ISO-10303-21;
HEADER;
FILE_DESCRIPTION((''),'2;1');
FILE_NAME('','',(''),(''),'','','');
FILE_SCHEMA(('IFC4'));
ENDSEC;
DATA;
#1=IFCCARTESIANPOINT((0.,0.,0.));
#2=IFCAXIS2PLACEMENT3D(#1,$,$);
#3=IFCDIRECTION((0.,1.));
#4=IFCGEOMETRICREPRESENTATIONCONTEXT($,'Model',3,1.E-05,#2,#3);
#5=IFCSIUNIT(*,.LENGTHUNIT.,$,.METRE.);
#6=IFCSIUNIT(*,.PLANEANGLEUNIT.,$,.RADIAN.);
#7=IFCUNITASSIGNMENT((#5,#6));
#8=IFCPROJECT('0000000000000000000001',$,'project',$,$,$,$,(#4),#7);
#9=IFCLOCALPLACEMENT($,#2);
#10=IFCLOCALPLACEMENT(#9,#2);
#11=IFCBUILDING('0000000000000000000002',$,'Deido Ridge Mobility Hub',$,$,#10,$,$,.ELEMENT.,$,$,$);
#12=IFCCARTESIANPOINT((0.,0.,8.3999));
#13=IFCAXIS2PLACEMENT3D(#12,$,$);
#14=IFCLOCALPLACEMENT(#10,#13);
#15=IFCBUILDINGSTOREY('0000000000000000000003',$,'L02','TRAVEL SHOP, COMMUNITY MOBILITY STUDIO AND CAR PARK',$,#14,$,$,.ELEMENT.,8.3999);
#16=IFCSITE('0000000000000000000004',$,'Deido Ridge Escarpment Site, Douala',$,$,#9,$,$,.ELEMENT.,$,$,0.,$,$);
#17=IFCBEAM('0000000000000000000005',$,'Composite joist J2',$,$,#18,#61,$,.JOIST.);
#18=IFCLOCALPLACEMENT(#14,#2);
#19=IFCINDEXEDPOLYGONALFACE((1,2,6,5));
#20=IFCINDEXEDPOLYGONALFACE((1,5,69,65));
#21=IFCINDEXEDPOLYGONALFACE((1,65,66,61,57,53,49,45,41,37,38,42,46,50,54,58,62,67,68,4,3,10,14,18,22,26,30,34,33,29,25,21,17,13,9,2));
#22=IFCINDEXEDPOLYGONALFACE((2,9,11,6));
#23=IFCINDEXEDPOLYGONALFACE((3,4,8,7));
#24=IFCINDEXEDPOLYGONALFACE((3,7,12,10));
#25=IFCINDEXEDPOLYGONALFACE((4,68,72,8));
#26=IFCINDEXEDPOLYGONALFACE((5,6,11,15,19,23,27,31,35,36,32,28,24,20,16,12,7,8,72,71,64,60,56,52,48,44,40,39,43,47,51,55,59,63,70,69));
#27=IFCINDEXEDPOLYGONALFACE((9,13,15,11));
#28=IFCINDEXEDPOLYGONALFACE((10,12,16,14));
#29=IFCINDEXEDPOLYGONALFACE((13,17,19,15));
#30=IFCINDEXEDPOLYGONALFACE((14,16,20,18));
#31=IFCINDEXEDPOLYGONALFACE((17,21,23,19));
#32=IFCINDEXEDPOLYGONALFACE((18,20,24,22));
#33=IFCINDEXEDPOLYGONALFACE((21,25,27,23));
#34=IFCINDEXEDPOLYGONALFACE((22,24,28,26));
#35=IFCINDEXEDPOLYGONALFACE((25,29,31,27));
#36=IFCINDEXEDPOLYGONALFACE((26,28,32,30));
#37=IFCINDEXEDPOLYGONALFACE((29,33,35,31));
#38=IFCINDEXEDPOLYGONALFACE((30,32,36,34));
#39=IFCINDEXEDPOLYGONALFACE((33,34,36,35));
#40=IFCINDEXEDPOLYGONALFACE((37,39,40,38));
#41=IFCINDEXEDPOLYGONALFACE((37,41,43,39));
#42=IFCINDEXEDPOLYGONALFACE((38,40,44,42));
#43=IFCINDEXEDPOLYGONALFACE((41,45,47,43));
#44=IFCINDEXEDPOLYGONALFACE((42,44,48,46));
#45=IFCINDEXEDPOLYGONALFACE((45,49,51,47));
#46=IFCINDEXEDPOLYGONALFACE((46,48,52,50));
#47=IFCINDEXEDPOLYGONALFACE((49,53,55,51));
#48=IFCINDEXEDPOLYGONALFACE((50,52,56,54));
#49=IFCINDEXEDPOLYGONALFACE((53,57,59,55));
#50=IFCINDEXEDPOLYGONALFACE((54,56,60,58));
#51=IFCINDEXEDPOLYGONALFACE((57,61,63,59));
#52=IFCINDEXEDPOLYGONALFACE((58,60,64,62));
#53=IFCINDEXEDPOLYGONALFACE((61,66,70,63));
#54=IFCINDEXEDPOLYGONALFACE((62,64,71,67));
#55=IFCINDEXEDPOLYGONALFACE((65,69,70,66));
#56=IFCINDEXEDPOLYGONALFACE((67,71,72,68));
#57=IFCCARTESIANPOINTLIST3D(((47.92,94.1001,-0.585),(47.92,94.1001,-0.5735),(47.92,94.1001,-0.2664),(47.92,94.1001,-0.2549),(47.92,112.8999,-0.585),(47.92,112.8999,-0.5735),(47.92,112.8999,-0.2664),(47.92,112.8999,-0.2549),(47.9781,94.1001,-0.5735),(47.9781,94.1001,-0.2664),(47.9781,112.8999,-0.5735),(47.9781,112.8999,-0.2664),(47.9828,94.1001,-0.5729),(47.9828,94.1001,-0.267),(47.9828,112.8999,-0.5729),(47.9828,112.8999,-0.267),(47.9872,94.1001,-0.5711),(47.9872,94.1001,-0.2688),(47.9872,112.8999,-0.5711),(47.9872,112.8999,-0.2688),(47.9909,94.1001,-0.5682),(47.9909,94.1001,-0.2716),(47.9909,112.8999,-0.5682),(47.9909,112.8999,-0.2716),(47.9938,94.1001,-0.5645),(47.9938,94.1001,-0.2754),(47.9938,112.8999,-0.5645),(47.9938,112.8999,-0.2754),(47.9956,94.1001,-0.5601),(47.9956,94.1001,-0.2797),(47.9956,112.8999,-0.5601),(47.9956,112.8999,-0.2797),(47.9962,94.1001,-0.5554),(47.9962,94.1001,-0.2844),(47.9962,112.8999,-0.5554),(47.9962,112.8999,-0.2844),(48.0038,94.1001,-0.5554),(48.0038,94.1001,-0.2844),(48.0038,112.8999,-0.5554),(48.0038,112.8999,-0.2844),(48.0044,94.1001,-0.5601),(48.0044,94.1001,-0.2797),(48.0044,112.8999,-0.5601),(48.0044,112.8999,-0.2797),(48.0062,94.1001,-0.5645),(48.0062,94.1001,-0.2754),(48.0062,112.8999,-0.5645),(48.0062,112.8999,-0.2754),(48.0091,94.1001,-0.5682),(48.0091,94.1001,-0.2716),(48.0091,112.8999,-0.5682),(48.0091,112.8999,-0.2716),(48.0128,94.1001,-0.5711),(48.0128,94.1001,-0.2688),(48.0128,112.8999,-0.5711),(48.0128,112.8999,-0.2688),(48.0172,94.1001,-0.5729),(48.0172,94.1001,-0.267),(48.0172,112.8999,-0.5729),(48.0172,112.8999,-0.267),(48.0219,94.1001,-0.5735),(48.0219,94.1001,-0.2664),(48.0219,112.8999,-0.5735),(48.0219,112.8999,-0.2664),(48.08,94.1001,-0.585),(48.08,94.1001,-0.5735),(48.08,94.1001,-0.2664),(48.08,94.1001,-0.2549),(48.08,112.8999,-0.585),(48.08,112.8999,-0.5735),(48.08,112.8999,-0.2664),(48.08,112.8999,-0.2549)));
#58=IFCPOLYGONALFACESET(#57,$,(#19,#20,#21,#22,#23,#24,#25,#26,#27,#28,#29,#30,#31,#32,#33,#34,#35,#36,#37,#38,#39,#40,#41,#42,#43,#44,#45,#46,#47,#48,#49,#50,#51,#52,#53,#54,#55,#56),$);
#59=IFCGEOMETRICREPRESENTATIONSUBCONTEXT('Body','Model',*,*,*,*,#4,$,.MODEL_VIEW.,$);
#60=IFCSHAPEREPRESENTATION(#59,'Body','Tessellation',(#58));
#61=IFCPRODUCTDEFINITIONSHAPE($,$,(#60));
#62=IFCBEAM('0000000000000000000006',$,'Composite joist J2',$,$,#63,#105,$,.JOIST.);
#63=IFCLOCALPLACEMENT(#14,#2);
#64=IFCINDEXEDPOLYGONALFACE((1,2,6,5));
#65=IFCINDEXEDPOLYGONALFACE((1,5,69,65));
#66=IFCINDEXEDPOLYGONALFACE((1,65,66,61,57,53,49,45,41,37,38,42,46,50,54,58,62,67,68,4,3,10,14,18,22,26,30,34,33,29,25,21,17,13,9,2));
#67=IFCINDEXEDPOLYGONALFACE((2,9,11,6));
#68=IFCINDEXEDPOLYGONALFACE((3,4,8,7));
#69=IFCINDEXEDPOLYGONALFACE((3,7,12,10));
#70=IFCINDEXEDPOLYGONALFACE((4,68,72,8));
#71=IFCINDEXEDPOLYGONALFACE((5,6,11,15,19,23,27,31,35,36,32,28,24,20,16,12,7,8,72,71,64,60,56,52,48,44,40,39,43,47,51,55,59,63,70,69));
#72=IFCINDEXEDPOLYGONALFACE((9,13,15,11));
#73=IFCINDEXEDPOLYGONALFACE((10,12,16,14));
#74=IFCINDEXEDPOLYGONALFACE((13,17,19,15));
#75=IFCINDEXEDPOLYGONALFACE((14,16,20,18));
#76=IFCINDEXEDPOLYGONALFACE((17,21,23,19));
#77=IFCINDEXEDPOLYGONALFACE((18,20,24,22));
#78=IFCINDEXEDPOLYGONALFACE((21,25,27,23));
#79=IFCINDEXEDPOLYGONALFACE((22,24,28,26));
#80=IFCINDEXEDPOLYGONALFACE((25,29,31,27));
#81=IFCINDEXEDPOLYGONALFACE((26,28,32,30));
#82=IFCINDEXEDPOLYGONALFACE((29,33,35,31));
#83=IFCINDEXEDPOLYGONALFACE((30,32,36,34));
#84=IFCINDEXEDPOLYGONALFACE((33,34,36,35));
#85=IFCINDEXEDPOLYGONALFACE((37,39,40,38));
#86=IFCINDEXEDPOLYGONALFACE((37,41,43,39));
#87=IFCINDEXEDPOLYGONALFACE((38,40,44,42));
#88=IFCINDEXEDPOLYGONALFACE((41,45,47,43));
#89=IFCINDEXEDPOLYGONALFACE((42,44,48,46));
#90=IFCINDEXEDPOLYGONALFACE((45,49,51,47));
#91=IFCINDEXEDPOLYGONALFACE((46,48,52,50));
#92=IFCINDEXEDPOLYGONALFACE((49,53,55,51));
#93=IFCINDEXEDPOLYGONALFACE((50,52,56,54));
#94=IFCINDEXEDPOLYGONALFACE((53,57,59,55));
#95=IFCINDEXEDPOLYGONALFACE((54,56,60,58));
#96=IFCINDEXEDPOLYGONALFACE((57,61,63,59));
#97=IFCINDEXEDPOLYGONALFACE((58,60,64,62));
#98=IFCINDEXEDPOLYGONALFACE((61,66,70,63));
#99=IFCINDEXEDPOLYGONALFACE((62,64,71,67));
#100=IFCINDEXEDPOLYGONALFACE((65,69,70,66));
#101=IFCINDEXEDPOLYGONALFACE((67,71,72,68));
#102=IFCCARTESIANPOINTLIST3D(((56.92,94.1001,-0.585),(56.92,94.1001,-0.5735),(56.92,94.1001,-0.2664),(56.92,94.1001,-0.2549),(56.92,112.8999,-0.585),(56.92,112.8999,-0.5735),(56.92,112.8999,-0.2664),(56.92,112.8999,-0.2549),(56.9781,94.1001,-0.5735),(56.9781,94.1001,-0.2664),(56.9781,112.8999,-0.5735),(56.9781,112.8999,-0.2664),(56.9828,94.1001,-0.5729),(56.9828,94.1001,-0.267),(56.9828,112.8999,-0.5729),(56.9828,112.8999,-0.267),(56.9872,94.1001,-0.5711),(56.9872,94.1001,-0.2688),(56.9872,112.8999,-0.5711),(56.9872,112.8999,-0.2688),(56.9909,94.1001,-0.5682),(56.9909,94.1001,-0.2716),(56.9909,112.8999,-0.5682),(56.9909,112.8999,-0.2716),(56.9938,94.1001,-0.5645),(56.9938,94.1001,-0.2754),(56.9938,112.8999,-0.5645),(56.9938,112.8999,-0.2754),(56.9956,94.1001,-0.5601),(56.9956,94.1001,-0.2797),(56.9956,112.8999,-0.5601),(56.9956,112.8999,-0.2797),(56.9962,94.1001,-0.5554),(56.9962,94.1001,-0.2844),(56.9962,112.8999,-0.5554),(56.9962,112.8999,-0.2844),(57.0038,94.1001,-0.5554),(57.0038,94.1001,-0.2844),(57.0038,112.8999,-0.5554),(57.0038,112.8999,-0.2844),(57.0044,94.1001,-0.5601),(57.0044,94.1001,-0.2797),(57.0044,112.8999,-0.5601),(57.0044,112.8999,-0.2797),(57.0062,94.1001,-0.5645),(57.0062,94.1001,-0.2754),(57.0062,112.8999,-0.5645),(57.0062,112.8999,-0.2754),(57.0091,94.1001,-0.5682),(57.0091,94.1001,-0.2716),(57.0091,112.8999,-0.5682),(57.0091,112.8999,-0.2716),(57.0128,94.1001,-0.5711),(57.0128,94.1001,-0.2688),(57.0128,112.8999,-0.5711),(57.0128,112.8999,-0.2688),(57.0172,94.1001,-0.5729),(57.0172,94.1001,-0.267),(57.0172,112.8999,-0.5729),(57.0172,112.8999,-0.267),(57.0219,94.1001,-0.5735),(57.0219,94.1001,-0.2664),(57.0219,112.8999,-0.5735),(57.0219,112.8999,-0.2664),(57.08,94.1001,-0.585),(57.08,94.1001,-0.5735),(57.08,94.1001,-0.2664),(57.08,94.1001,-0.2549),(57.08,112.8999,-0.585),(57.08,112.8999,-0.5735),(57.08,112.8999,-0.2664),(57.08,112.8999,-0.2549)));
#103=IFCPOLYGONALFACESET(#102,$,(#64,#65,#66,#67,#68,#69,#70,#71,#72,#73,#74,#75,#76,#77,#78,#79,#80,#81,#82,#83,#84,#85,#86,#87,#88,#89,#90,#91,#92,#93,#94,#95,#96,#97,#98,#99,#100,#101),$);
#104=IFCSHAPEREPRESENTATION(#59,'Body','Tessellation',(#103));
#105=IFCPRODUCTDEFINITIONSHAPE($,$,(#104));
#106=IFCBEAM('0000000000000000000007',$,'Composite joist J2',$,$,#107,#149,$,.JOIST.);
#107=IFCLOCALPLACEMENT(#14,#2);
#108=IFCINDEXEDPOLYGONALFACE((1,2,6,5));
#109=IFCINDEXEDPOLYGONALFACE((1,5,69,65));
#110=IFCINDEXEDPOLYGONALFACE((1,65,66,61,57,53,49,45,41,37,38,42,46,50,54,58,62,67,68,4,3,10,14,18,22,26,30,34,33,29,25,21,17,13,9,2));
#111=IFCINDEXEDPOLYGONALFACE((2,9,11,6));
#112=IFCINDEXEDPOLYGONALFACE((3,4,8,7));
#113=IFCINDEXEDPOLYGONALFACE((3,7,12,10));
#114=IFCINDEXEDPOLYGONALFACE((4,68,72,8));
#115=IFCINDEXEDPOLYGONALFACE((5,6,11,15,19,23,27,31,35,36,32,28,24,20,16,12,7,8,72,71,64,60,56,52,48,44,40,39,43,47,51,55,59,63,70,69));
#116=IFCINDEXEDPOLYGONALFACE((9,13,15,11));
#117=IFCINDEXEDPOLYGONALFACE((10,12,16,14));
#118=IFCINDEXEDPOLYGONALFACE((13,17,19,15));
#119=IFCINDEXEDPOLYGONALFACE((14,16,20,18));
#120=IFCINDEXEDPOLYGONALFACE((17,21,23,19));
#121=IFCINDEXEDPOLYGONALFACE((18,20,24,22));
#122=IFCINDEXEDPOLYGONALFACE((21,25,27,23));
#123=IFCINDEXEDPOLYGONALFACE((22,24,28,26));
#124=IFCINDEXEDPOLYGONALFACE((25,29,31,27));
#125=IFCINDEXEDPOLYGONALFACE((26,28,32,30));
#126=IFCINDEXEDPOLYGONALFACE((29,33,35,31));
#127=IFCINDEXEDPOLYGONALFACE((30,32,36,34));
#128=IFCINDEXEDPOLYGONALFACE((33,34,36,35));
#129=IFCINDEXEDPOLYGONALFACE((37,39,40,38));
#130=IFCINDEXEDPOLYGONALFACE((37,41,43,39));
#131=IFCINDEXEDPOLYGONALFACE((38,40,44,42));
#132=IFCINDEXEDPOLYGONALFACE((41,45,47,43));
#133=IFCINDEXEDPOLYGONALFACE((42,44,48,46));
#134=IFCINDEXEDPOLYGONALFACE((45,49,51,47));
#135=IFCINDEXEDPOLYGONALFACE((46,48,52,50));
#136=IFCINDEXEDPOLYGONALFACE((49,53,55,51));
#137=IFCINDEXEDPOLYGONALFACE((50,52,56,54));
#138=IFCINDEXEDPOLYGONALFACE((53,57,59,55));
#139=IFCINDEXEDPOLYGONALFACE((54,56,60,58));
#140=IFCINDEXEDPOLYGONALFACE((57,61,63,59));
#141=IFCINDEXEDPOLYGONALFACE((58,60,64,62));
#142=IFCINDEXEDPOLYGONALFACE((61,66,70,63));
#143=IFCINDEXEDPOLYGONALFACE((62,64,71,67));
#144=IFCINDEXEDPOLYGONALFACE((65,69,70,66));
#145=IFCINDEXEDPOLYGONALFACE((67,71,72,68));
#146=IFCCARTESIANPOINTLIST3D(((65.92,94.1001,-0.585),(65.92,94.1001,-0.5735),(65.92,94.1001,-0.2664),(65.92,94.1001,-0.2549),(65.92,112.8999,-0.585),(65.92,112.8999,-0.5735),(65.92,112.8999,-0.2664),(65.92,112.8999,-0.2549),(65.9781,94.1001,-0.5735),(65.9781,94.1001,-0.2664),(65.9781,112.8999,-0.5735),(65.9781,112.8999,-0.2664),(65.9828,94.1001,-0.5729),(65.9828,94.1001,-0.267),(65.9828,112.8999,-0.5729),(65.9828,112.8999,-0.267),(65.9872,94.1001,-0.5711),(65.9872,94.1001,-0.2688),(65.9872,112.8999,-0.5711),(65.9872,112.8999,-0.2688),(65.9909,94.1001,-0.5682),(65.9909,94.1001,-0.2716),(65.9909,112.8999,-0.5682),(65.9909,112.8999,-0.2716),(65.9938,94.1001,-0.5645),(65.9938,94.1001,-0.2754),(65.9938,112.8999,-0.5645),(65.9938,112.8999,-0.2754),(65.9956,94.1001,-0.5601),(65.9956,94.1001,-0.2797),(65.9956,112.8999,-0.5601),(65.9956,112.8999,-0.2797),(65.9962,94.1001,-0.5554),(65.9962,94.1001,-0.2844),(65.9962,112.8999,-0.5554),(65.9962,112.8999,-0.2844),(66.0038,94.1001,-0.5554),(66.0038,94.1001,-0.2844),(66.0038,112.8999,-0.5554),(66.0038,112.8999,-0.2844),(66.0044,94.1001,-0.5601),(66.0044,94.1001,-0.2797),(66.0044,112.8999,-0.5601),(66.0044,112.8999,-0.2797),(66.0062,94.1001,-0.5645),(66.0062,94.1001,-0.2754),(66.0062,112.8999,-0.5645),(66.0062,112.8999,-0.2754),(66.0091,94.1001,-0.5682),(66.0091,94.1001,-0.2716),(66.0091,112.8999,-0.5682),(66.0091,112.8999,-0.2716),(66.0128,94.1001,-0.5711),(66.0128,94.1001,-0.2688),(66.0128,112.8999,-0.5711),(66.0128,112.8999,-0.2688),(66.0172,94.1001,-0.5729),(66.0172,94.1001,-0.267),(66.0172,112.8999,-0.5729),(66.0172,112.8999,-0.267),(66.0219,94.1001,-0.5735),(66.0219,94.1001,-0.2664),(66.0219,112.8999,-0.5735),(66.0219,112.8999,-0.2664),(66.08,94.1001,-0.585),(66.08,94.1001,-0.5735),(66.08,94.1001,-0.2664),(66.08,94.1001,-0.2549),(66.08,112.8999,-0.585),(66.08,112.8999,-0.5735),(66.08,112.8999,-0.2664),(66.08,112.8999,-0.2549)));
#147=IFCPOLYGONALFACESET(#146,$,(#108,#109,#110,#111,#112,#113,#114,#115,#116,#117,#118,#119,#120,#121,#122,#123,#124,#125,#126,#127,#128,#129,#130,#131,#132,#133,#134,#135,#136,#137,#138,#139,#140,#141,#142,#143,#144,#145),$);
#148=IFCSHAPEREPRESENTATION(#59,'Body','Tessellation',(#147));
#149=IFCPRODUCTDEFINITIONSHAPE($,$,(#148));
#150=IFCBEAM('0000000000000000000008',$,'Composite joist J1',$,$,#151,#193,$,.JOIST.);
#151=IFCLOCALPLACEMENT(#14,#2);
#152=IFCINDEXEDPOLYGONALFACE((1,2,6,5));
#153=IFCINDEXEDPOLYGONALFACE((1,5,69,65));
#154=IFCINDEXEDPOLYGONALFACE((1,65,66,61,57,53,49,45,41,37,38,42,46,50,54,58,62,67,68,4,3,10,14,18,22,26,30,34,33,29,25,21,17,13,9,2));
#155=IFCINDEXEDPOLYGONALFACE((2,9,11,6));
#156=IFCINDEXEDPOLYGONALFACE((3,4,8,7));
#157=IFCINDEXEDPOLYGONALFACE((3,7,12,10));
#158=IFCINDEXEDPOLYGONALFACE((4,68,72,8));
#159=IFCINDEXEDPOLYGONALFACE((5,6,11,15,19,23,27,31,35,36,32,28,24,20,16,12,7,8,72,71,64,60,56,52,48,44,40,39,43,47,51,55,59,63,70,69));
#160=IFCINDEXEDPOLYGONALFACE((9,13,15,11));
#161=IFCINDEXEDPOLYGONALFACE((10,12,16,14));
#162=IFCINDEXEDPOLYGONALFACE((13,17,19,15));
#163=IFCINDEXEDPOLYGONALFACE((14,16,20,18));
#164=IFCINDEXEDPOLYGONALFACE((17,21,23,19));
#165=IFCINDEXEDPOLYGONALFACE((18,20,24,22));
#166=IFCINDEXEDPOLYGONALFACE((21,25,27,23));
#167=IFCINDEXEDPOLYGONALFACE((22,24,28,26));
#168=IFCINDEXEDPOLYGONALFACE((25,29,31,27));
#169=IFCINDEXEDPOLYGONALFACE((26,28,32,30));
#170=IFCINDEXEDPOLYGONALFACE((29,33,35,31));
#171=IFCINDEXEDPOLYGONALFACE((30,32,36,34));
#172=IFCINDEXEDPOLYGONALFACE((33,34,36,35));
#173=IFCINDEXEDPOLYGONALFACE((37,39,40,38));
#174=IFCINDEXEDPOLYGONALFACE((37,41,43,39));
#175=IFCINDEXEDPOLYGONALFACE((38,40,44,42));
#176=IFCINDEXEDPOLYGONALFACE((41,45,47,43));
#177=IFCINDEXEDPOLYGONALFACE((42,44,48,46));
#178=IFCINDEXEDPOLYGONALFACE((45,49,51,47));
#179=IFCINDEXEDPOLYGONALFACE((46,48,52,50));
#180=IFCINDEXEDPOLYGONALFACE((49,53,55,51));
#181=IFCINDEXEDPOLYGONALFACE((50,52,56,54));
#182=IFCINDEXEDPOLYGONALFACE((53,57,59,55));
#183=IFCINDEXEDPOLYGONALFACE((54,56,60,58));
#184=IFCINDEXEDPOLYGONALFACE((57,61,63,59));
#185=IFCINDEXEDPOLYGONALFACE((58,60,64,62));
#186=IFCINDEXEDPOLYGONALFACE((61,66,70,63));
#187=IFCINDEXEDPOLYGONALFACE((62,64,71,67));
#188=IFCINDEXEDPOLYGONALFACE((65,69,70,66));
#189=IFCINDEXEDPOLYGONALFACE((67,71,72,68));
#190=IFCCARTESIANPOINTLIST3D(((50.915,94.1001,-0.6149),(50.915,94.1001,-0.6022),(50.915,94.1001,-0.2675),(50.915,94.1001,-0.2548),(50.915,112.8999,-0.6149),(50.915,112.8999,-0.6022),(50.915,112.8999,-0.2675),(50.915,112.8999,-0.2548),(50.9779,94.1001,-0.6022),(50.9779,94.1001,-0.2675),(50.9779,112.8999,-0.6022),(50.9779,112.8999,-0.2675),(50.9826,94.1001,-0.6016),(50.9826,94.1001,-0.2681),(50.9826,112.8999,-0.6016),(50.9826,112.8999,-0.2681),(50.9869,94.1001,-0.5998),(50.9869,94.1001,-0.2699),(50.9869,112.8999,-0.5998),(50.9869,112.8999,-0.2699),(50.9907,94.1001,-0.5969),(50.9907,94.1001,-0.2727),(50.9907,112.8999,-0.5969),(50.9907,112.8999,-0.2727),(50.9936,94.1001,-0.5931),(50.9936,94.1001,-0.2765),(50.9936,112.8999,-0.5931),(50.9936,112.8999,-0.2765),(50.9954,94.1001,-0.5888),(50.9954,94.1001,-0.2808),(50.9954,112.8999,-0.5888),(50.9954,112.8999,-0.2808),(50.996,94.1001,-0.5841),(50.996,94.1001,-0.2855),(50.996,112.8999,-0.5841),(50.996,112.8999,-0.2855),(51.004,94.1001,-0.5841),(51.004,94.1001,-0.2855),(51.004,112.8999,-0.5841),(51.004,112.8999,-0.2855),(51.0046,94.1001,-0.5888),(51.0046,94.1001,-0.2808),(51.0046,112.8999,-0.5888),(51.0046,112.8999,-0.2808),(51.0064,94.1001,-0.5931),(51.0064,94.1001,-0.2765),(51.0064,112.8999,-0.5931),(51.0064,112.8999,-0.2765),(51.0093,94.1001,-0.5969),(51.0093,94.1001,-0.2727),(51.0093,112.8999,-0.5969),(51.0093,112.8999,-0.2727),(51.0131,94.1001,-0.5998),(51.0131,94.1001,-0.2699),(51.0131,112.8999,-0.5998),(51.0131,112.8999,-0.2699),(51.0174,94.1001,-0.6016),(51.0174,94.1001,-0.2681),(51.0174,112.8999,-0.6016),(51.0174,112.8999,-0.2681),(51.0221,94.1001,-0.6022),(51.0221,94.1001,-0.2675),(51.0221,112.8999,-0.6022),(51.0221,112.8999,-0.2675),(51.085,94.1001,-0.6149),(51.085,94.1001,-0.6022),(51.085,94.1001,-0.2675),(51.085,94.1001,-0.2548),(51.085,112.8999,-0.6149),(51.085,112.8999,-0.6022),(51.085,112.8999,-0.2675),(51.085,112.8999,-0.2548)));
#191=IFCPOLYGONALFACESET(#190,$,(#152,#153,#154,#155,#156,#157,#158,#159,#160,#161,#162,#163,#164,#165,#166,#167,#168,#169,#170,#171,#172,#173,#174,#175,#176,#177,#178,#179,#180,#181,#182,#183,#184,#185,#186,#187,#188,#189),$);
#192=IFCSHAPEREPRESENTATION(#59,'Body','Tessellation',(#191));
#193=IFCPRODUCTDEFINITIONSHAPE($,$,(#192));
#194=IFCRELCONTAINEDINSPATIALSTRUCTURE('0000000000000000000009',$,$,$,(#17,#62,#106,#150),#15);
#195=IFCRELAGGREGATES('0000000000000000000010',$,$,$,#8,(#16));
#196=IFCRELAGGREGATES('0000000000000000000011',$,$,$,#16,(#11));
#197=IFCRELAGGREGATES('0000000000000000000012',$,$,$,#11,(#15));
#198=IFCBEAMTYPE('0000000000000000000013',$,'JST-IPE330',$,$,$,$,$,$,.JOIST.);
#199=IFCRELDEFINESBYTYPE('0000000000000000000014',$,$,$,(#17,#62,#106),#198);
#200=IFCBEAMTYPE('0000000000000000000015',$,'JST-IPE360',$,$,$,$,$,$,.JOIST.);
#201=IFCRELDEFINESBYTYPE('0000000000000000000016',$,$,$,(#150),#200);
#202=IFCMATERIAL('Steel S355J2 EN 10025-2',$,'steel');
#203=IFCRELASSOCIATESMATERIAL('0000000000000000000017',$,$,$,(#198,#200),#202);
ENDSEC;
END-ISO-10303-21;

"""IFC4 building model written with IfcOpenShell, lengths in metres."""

from ifc_helpers import new_model, si_unit, direction, frame, origin, origin_2d, place, context, subcontext, project, spatial, i_section, extrude, material, material_profile, profile_set, type_object, element, save


model = new_model("IFC4")

# Units and contexts
model_context = context("Model", 3, precision=1e-05, world=origin(), true_north=direction((0.0, 1.0)))
body_context = subcontext(model_context, "Body", "Model", "MODEL_VIEW")
ifc_project = project(units=[si_unit("LENGTHUNIT", "METRE"), si_unit("PLANEANGLEUNIT", "RADIAN")], contexts=[model_context])

# Site, building, storey
site_placement = place(None, origin())
site = spatial("IfcSite", under=ifc_project, at=site_placement, Name="Deido Ridge Escarpment Site, Douala", CompositionType="ELEMENT", RefElevation=0.0)
building_placement = place(site_placement, origin())
building = spatial("IfcBuilding", under=site, at=building_placement, Name="Deido Ridge Mobility Hub", CompositionType="ELEMENT")
storey_placement = place(building_placement, frame((0.0, 0.0, 8.3999)))
storey = spatial("IfcBuildingStorey", under=building, at=storey_placement, Name="L02", Description="TRAVEL SHOP, COMMUNITY MOBILITY STUDIO AND CAR PARK", CompositionType="ELEMENT", Elevation=8.3999)

# Shared definitions
ifc_material_1 = material(Name="Steel S355J2 EN 10025-2", Category="steel")

# Beams
ifc_material_profile_1 = material_profile(ifc_material_1, i_section(OverallWidth=0.1599, OverallDepth=0.3301, WebThickness=0.0076, FlangeThickness=0.0115, FilletRadius=0.0181, at=origin_2d()), Name="IPE 330")
ifc_profile_set_1 = profile_set([ifc_material_profile_1], Name="Steel S355J2 EN 10025-2")
beam_type_1 = type_object("IfcBeamType", Name="JST-IPE330", PredefinedType="JOIST", material=ifc_profile_set_1)
for number, where, z_axis, x_axis, name in (
    (1, (48.0, 94.1001, -0.4199), (0.0, 1.0, 0.0), (-1.0, 0.0, 0.0), "Composite joist J2"),
    (2, (57.0, 94.1001, -0.4199), (0.0, 1.0, 0.0), (-1.0, 0.0, 0.0), "Composite joist J2"),
    (3, (66.0, 94.1001, -0.4199), (0.0, 1.0, 0.0), (-1.0, 0.0, 0.0), "Composite joist J2"),
):
    element("IfcBeam", number, at=place(storey_placement, frame(where, z_axis=z_axis, x_axis=x_axis)), inside=storey, type_object=beam_type_1, Name=name, PredefinedType="JOIST", context=body_context, shape_type="SweptSolid", body=[
        extrude(i_section(OverallWidth=0.1599, OverallDepth=0.3301, WebThickness=0.0076, FlangeThickness=0.0115, FilletRadius=0.0181, at=origin_2d()), origin(), (0.0, 0.0, 1.0), 18.7998),
    ])
ifc_material_profile_2 = material_profile(ifc_material_1, i_section(OverallWidth=0.1699, OverallDepth=0.3601, WebThickness=0.0081, FlangeThickness=0.0127, FilletRadius=0.0181, at=origin_2d()), Name="IPE 360")
ifc_profile_set_2 = profile_set([ifc_material_profile_2], Name="Steel S355J2 EN 10025-2")
beam_type_2 = type_object("IfcBeamType", Name="JST-IPE360", PredefinedType="JOIST", material=ifc_profile_set_2)
for number, where, z_axis, x_axis, name in (
    (4, (51.0, 94.1001, -0.4348), (0.0, 1.0, 0.0), (-1.0, 0.0, 0.0), "Composite joist J1"),
):
    element("IfcBeam", number, at=place(storey_placement, frame(where, z_axis=z_axis, x_axis=x_axis)), inside=storey, type_object=beam_type_2, Name=name, PredefinedType="JOIST", context=body_context, shape_type="SweptSolid", body=[
        extrude(i_section(OverallWidth=0.1699, OverallDepth=0.3601, WebThickness=0.0081, FlangeThickness=0.0127, FilletRadius=0.0181, at=origin_2d()), origin(), (0.0, 0.0, 1.0), 18.7998),
    ])

save(model, "model.ifc")
